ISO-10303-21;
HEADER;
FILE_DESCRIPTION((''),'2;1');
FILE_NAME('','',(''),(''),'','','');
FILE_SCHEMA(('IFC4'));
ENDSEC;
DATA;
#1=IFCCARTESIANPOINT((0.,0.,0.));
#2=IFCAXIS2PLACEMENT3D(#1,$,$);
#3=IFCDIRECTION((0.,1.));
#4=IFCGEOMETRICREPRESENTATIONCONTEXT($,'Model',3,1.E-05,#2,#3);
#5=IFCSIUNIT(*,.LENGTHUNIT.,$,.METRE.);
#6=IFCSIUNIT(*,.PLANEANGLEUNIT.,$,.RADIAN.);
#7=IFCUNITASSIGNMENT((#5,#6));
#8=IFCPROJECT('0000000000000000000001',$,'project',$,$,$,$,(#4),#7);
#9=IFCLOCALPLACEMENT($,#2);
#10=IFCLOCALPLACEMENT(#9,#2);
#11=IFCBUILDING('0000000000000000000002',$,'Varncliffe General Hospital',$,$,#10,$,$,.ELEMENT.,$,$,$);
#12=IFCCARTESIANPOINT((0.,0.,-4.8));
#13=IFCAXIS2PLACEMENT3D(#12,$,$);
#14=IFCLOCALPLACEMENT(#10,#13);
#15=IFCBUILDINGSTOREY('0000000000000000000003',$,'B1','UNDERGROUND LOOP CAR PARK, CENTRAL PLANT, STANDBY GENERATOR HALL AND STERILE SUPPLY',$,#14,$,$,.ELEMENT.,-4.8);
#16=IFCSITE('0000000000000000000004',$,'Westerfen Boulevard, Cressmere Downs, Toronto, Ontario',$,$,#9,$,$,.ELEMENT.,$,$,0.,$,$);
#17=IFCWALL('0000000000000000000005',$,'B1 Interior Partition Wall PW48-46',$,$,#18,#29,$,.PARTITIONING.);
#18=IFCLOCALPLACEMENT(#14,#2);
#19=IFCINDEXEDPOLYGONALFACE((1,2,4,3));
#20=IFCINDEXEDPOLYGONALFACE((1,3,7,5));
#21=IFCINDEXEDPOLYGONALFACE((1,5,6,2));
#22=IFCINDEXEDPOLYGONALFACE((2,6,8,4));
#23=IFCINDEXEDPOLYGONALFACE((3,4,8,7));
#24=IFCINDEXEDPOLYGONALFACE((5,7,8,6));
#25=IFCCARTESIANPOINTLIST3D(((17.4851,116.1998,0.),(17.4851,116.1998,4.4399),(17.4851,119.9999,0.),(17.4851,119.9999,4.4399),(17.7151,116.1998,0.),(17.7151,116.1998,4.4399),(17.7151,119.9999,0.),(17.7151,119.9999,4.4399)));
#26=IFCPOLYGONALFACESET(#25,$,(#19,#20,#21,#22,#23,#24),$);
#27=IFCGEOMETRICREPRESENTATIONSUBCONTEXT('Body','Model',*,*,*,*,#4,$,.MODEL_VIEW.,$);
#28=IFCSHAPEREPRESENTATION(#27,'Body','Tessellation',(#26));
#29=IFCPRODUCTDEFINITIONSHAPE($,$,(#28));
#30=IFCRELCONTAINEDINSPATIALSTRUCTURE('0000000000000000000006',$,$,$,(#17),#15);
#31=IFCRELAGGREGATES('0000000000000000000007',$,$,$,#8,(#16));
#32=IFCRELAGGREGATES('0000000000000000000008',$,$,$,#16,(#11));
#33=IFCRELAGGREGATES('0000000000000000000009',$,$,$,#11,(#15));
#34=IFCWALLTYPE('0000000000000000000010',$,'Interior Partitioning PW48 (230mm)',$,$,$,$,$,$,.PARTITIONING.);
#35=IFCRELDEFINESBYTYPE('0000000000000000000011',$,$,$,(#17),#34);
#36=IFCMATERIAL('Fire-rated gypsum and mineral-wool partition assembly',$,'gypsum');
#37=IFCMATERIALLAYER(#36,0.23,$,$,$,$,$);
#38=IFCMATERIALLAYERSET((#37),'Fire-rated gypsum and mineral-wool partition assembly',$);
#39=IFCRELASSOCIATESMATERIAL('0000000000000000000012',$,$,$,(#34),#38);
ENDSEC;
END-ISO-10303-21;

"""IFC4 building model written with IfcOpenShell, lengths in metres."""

from ifc_helpers import new_model, si_unit, direction, frame, frame_2d, origin, place, context, subcontext, project, spatial, rectangle, extrude, material, layer, layer_set, type_object, element, save


model = new_model("IFC4")

# Units and contexts
model_context = context("Model", 3, precision=1e-05, world=origin(), true_north=direction((0.0, 1.0)))
body_context = subcontext(model_context, "Body", "Model", "MODEL_VIEW")
ifc_project = project(units=[si_unit("LENGTHUNIT", "METRE"), si_unit("PLANEANGLEUNIT", "RADIAN")], contexts=[model_context])

# Site, building, storey
site_placement = place(None, origin())
site = spatial("IfcSite", under=ifc_project, at=site_placement, Name="Westerfen Boulevard, Cressmere Downs, Toronto, Ontario", CompositionType="ELEMENT", RefElevation=0.0)
building_placement = place(site_placement, origin())
building = spatial("IfcBuilding", under=site, at=building_placement, Name="Varncliffe General Hospital", CompositionType="ELEMENT")
storey_placement = place(building_placement, frame((0.0, 0.0, -4.8)))
storey = spatial("IfcBuildingStorey", under=building, at=storey_placement, Name="B1", Description="UNDERGROUND LOOP CAR PARK, CENTRAL PLANT, STANDBY GENERATOR HALL AND STERILE SUPPLY", CompositionType="ELEMENT", Elevation=-4.8)

# Shared definitions
ifc_material_1 = material(Name="Fire-rated gypsum and mineral-wool partition assembly", Category="gypsum")

# Shared definitions
ifc_layer_1 = layer(ifc_material_1, 0.23)
ifc_layer_set_1 = layer_set([ifc_layer_1], Name="Fire-rated gypsum and mineral-wool partition assembly")
wall_type_1 = type_object("IfcWallType", Name="Interior Partitioning PW48 (230mm)", PredefinedType="PARTITIONING", material=ifc_layer_set_1)

# Wall
wall_1_placement = place(storey_placement, frame((17.6001, 116.2, 0.0), z_axis=(0.0, 0.0, 1.0), x_axis=(0.0, 1.0, 0.0)))
element("IfcWall", 1, at=wall_1_placement, inside=storey, type_object=wall_type_1, Name="B1 Interior Partition Wall PW48-46", PredefinedType="PARTITIONING", context=body_context, shape_type="SweptSolid", body=[
    extrude(rectangle(XDim=3.8, YDim=0.23, at=frame_2d((1.8999, 0.0))), origin(), (0.0, 0.0, 1.0), 4.4399),
])

save(model, "model.ifc")
